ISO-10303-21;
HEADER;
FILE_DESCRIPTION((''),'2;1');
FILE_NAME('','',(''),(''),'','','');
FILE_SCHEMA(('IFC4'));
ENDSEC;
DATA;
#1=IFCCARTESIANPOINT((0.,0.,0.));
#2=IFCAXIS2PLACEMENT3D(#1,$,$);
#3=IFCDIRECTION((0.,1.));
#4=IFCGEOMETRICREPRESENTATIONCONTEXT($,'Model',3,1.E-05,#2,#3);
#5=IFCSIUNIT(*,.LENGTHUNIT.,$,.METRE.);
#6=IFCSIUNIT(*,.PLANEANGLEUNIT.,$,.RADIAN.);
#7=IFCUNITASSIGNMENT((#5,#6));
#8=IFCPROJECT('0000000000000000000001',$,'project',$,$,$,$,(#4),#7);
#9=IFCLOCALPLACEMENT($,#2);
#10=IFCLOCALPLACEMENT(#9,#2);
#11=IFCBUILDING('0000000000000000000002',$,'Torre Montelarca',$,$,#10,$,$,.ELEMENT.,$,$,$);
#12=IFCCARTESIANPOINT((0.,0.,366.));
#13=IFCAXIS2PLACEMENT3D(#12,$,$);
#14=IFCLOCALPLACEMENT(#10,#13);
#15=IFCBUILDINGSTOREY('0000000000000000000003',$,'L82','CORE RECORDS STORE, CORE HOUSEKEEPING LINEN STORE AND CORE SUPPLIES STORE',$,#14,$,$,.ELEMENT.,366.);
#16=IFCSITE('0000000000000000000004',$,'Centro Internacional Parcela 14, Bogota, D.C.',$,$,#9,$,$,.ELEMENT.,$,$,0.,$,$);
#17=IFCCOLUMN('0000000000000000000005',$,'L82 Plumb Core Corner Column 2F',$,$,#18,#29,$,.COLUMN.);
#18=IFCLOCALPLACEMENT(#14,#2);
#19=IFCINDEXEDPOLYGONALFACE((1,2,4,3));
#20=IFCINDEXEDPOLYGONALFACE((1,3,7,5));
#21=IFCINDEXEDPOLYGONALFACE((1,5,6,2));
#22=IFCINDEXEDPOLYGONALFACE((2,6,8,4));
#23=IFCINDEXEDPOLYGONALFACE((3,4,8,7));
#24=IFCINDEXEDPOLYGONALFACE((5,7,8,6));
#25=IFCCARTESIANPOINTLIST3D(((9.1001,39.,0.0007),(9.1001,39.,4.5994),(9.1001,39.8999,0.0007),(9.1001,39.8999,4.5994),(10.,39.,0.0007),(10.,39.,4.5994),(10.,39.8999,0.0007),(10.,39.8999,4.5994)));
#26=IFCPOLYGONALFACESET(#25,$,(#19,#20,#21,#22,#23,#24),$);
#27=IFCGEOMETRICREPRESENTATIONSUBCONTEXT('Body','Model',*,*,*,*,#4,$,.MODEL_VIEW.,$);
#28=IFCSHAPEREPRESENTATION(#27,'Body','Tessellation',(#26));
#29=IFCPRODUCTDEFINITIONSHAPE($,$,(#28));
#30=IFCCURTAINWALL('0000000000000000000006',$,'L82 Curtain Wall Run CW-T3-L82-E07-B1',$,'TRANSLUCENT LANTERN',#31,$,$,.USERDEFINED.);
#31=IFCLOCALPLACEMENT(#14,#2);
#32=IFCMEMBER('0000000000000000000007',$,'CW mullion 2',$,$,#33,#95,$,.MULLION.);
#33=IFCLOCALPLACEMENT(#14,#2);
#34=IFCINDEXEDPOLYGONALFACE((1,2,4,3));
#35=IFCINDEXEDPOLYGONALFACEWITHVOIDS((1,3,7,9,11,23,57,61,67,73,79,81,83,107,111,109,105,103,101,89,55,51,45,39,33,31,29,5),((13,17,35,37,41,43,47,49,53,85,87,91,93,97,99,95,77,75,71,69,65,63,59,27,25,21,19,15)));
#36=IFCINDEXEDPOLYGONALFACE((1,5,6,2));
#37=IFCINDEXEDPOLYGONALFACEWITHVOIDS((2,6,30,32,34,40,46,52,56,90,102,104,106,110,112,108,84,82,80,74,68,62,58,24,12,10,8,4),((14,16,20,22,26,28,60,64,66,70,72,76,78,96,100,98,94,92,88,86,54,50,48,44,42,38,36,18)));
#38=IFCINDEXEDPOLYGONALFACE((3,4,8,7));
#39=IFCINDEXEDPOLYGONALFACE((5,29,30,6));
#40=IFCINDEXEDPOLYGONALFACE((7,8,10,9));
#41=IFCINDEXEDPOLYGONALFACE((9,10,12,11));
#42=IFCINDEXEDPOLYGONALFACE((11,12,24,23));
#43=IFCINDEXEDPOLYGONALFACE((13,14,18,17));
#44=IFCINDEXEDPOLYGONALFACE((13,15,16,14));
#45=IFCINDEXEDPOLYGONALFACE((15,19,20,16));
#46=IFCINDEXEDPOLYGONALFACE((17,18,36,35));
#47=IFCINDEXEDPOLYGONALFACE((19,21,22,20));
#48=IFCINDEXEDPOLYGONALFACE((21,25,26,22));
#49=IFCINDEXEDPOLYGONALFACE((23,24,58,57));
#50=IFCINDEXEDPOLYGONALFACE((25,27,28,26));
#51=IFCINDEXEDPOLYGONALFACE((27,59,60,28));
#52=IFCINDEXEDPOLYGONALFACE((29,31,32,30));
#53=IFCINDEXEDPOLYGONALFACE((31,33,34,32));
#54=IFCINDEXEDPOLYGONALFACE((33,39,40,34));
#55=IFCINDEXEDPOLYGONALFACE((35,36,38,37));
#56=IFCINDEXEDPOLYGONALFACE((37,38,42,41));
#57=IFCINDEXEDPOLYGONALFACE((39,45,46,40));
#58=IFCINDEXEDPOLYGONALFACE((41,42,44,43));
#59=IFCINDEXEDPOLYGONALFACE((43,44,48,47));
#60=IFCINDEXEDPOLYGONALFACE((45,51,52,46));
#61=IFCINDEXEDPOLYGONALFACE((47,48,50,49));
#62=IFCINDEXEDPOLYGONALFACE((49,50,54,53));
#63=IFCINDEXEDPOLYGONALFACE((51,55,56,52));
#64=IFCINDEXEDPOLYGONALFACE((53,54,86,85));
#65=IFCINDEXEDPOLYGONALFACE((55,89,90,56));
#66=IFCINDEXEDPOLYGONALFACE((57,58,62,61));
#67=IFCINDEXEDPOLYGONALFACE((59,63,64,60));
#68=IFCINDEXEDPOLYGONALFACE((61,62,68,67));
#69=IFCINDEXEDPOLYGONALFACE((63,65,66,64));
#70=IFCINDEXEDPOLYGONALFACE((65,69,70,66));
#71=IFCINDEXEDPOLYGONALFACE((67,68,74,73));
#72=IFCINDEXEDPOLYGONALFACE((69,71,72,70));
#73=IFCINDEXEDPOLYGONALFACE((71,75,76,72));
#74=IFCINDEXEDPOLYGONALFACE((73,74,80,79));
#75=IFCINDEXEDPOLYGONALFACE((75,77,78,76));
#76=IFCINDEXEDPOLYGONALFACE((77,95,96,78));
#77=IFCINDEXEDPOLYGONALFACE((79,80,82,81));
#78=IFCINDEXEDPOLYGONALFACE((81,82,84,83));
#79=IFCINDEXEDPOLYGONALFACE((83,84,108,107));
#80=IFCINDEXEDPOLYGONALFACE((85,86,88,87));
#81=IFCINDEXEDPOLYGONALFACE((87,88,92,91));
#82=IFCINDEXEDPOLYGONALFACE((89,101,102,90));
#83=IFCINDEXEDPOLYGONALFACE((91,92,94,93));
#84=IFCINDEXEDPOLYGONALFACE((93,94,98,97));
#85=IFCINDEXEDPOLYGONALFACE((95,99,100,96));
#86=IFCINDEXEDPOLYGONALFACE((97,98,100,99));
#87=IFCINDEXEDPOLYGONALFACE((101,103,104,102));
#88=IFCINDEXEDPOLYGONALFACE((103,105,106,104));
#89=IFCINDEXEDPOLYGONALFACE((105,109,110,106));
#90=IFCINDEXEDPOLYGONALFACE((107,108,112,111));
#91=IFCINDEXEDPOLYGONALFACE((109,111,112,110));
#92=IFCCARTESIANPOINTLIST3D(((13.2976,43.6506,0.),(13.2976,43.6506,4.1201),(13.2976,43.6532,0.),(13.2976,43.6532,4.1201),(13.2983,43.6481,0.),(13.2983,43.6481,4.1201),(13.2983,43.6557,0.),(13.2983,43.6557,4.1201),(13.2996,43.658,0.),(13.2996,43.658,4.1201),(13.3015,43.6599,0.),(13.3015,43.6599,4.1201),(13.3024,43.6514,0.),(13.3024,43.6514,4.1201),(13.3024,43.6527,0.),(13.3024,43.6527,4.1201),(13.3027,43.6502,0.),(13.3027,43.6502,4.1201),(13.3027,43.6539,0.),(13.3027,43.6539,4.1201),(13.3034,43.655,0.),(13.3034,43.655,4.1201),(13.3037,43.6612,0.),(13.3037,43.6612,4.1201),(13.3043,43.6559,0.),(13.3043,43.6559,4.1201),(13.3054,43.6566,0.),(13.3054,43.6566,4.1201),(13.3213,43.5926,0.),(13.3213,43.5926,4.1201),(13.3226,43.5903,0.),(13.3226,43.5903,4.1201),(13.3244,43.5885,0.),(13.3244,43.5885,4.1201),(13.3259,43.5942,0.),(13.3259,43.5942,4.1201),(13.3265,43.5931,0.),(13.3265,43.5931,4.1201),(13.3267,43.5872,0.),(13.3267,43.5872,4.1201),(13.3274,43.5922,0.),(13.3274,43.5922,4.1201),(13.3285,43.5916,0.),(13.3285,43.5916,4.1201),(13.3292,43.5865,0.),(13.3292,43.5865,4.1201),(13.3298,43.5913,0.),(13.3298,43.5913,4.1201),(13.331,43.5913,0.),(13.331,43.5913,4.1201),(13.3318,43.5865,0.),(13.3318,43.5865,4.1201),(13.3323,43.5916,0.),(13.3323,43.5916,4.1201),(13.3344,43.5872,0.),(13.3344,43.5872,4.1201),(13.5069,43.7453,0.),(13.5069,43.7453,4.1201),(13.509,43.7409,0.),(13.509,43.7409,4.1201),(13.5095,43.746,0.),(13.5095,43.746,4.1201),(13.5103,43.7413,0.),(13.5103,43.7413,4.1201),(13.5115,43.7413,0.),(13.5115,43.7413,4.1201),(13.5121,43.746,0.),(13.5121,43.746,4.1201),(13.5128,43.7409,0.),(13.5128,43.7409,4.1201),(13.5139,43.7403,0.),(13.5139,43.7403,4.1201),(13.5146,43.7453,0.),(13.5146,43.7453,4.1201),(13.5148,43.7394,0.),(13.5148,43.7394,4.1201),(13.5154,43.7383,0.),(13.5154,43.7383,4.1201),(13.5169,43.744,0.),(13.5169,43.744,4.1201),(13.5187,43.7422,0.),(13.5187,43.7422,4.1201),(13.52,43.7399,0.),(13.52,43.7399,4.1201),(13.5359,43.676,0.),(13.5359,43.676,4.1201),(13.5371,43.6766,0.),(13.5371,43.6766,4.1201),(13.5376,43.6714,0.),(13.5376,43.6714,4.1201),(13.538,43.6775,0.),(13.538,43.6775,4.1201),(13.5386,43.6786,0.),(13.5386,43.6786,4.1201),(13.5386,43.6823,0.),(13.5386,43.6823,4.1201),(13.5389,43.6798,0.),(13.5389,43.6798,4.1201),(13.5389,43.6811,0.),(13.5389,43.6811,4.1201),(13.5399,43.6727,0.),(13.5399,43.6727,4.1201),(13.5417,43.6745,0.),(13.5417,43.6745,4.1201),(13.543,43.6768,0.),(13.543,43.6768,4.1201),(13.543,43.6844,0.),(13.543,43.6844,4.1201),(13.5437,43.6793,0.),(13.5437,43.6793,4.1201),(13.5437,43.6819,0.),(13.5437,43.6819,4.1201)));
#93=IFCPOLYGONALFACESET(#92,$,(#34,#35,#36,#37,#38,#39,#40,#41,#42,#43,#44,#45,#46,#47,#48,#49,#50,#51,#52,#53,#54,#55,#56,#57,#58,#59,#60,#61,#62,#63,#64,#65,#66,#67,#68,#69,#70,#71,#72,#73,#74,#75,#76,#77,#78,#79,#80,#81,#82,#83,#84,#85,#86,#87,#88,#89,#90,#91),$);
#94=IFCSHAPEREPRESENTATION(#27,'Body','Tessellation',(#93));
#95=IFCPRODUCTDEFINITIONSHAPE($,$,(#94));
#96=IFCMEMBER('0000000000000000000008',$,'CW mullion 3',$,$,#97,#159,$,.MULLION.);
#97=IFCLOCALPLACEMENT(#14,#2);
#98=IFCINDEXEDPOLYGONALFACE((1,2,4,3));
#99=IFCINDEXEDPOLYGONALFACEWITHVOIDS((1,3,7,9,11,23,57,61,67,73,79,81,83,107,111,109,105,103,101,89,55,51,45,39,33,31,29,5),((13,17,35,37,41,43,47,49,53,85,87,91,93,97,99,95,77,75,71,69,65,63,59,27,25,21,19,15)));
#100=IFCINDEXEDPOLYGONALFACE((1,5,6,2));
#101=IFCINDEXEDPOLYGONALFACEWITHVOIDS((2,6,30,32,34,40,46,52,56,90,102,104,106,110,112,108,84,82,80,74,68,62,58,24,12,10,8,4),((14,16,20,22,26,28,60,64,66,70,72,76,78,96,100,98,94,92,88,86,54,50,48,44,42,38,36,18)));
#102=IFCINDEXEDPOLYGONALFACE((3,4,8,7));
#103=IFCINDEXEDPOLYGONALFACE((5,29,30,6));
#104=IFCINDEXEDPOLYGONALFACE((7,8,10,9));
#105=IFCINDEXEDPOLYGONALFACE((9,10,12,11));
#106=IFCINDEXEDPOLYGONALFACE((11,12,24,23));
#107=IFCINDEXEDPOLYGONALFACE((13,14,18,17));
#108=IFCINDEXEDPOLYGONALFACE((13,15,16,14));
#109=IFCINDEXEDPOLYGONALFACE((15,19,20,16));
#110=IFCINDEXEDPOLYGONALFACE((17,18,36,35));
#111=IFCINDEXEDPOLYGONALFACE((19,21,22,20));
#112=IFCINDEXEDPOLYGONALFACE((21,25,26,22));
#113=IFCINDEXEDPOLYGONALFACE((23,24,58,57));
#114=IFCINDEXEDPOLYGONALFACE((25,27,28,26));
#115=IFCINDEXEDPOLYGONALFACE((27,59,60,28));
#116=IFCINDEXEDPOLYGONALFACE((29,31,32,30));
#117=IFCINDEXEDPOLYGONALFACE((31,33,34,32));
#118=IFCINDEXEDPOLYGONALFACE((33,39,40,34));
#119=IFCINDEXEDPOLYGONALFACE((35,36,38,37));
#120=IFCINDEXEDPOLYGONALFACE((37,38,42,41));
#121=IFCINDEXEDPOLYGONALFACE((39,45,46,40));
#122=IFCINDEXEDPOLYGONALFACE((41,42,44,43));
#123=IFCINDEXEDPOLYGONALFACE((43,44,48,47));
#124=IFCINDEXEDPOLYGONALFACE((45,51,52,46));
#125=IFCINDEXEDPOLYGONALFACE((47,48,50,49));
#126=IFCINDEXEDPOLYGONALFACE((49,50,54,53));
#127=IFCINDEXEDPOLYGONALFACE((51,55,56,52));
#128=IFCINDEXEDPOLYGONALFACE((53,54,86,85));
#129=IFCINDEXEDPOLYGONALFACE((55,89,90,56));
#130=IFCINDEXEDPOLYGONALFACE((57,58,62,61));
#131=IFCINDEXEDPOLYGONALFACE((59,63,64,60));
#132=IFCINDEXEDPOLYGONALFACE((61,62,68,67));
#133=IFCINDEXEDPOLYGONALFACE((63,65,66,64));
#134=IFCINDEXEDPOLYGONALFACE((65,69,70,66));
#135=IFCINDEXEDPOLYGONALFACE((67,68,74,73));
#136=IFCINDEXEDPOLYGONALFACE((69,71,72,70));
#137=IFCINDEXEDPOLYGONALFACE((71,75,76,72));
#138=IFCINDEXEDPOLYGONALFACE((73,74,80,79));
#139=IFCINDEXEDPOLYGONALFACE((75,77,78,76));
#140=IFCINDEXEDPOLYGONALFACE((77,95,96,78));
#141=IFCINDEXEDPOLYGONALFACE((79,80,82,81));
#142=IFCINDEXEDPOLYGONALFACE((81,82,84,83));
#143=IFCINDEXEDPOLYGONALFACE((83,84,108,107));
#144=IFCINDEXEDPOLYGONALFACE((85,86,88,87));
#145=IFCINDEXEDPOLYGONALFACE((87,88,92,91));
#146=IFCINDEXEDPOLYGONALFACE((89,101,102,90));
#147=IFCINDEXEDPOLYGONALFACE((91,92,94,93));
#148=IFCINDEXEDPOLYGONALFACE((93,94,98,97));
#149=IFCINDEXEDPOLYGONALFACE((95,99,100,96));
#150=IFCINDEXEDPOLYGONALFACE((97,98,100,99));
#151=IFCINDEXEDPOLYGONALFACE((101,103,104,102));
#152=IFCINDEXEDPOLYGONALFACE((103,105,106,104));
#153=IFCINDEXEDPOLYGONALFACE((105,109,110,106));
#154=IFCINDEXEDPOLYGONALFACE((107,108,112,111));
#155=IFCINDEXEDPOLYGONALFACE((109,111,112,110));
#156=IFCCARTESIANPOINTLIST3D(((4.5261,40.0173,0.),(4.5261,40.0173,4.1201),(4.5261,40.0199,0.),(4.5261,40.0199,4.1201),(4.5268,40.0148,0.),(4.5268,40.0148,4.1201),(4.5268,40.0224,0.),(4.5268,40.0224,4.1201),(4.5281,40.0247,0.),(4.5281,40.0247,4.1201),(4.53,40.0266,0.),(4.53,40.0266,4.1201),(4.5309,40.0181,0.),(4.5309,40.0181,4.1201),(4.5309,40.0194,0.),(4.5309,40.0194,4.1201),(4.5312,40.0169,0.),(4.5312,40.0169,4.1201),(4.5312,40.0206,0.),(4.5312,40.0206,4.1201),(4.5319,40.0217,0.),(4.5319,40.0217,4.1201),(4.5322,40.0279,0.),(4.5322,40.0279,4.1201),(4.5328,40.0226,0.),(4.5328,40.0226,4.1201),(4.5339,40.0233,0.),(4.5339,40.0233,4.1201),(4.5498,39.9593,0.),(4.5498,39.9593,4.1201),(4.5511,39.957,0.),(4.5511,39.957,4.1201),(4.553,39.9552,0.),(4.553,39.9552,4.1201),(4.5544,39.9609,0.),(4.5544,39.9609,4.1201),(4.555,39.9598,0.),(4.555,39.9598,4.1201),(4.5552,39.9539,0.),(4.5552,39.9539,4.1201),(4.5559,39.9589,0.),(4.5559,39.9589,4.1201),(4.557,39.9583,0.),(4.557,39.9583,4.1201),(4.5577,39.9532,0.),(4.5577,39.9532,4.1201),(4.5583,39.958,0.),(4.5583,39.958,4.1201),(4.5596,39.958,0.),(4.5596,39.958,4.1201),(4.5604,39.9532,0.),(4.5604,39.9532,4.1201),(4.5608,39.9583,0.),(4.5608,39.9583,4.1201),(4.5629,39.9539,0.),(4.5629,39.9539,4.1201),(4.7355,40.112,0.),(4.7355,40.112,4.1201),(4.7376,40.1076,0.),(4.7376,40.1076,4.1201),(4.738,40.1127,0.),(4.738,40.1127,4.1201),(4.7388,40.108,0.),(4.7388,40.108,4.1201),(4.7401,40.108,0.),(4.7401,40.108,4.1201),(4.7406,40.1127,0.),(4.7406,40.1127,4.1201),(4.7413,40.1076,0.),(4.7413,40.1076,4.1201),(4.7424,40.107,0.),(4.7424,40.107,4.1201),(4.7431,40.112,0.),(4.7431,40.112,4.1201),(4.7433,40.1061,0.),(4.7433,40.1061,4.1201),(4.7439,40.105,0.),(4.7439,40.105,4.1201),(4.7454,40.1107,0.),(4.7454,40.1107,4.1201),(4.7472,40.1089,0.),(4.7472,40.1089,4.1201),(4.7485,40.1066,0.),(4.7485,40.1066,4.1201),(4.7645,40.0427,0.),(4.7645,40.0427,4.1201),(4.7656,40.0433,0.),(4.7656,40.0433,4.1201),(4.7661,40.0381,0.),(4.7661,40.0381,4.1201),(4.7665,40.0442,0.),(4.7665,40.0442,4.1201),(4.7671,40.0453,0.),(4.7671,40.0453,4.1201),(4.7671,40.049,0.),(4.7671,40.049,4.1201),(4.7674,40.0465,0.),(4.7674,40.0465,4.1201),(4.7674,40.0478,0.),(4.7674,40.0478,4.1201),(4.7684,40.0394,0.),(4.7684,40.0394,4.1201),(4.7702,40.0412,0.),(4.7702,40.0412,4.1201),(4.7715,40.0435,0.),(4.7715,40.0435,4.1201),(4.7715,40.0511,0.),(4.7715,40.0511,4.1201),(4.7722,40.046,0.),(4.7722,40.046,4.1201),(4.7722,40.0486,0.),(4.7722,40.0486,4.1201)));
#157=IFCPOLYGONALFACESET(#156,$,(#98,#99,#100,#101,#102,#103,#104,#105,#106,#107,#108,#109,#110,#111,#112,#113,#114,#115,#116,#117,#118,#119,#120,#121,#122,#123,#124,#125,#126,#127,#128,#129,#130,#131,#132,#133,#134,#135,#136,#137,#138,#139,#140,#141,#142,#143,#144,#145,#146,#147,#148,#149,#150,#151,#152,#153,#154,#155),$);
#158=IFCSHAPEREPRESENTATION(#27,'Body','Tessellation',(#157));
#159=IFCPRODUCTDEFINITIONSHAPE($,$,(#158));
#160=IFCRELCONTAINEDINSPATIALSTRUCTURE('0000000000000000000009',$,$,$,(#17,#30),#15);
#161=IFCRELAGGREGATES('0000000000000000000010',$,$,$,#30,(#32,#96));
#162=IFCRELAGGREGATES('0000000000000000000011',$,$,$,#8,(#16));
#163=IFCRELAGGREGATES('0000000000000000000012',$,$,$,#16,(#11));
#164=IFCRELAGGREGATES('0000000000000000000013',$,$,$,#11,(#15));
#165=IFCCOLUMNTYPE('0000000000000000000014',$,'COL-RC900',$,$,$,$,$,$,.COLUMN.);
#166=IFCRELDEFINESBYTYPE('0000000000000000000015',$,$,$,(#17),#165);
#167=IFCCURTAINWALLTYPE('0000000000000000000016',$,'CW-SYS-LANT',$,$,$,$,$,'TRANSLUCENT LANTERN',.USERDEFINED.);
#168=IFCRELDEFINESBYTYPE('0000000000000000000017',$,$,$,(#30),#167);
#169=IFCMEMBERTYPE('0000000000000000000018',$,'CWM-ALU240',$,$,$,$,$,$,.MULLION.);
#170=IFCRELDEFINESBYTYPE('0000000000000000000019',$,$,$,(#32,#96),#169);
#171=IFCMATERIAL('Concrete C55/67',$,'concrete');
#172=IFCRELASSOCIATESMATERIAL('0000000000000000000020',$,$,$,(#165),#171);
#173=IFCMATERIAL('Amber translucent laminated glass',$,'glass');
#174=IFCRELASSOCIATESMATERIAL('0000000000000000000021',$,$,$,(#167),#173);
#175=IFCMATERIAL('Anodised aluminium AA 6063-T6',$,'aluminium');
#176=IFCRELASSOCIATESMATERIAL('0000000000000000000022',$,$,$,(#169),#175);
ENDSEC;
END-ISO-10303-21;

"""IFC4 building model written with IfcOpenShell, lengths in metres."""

from ifc_helpers import new_model, si_unit, direction, frame, origin, origin_2d, place, context, subcontext, project, spatial, rectangle, hollow_rectangle, extrude, source, transform, mapped, material, material_profile, profile_set, type_object, element, aggregate, save


model = new_model("IFC4")

# Units and contexts
model_context = context("Model", 3, precision=1e-05, world=origin(), true_north=direction((0.0, 1.0)))
body_context = subcontext(model_context, "Body", "Model", "MODEL_VIEW")
ifc_project = project(units=[si_unit("LENGTHUNIT", "METRE"), si_unit("PLANEANGLEUNIT", "RADIAN")], contexts=[model_context])

# Site, building, storey
site_placement = place(None, origin())
site = spatial("IfcSite", under=ifc_project, at=site_placement, Name="Centro Internacional Parcela 14, Bogota, D.C.", CompositionType="ELEMENT", RefElevation=0.0)
building_placement = place(site_placement, origin())
building = spatial("IfcBuilding", under=site, at=building_placement, Name="Torre Montelarca", CompositionType="ELEMENT")
storey_placement = place(building_placement, frame((0.0, 0.0, 366.0)))
storey = spatial("IfcBuildingStorey", under=building, at=storey_placement, Name="L82", Description="CORE RECORDS STORE, CORE HOUSEKEEPING LINEN STORE AND CORE SUPPLIES STORE", CompositionType="ELEMENT", Elevation=366.0)

# Column
ifc_material_1 = material(Name="Concrete C55/67", Category="concrete")
ifc_material_profile_1 = material_profile(ifc_material_1, rectangle(XDim=0.8999, YDim=0.8999, at=origin_2d()), Name="RC900X900", Category="concrete")
ifc_profile_set_1 = profile_set([ifc_material_profile_1], Name="Concrete C55/67")
column_type = type_object("IfcColumnType", Name="COL-RC900", PredefinedType="COLUMN", material=ifc_profile_set_1)
shared_shape_1 = source(origin(), body_context, "Body", "SweptSolid", [
    extrude(rectangle(XDim=0.8999, YDim=0.8999, at=origin_2d()), origin(), (0.0, 0.0, 1.0), 4.5986),
])
column_placement = place(storey_placement, frame((9.55, 39.45, 0.0007), z_axis=(0.0, 0.0, 1.0), x_axis=(1.0, 0.0, 0.0)))
element("IfcColumn", 1, at=column_placement, inside=storey, type_object=column_type, Name="L82 Plumb Core Corner Column 2F", PredefinedType="COLUMN", context=body_context, shape_type="MappedRepresentation", body=[
    mapped(shared_shape_1, transform((0.0, 0.0, 0.0), scale=1.0)),
])

# Curtain wall, members
ifc_material_2 = material(Name="Amber translucent laminated glass", Category="glass")
curtain_wall_type = type_object("IfcCurtainWallType", Name="CW-SYS-LANT", ElementType="TRANSLUCENT LANTERN", PredefinedType="USERDEFINED", material=ifc_material_2)
curtain_wall_1_placement = place(storey_placement, origin())
curtain_wall_1 = element("IfcCurtainWall", 2, at=curtain_wall_1_placement, inside=storey, type_object=curtain_wall_type, Name="L82 Curtain Wall Run CW-T3-L82-E07-B1", ObjectType="TRANSLUCENT LANTERN", PredefinedType="USERDEFINED")
ifc_material_3 = material(Name="Anodised aluminium AA 6063-T6", Category="aluminium")
ifc_material_profile_2 = material_profile(ifc_material_3, hollow_rectangle(XDim=0.0801, YDim=0.24, WallThickness=0.0049, InnerFilletRadius=0.0049, OuterFilletRadius=0.01, at=origin_2d()), Name="ALU80X240X5", Category="aluminium")
ifc_profile_set_2 = profile_set([ifc_material_profile_2], Name="Anodised aluminium AA 6063-T6")
member_type_1 = type_object("IfcMemberType", Name="CWM-ALU240", PredefinedType="MULLION", material=ifc_profile_set_2)
shared_shape_2 = source(origin(), body_context, "Body", "SweptSolid", [
    extrude(hollow_rectangle(XDim=0.0801, YDim=0.24, WallThickness=0.0049, InnerFilletRadius=0.0049, OuterFilletRadius=0.01, at=origin_2d()), origin(), (0.0, 0.0, 1.0), 4.1201),
])
member_1_placement = place(storey_placement, frame((13.4207, 43.6663, 0.0), z_axis=(0.0, 0.0, 1.0), x_axis=(0.382685, -0.923879, 0.0)))
member_1 = element("IfcMember", 3, at=member_1_placement, type_object=member_type_1, Name="CW mullion 2", PredefinedType="MULLION", context=body_context, shape_type="MappedRepresentation", body=[
    mapped(shared_shape_2, transform((0.0, 0.0, 0.0), scale=1.0)),
])
member_2_placement = place(storey_placement, frame((4.6492, 40.033, 0.0), z_axis=(0.0, 0.0, 1.0), x_axis=(0.382685, -0.923879, 0.0)))
member_2 = element("IfcMember", 4, at=member_2_placement, type_object=member_type_1, Name="CW mullion 3", PredefinedType="MULLION", context=body_context, shape_type="MappedRepresentation", body=[
    mapped(shared_shape_2, transform((0.0, 0.0, 0.0), scale=1.0)),
])

aggregate(curtain_wall_1, [member_1, member_2])

save(model, "model.ifc")
